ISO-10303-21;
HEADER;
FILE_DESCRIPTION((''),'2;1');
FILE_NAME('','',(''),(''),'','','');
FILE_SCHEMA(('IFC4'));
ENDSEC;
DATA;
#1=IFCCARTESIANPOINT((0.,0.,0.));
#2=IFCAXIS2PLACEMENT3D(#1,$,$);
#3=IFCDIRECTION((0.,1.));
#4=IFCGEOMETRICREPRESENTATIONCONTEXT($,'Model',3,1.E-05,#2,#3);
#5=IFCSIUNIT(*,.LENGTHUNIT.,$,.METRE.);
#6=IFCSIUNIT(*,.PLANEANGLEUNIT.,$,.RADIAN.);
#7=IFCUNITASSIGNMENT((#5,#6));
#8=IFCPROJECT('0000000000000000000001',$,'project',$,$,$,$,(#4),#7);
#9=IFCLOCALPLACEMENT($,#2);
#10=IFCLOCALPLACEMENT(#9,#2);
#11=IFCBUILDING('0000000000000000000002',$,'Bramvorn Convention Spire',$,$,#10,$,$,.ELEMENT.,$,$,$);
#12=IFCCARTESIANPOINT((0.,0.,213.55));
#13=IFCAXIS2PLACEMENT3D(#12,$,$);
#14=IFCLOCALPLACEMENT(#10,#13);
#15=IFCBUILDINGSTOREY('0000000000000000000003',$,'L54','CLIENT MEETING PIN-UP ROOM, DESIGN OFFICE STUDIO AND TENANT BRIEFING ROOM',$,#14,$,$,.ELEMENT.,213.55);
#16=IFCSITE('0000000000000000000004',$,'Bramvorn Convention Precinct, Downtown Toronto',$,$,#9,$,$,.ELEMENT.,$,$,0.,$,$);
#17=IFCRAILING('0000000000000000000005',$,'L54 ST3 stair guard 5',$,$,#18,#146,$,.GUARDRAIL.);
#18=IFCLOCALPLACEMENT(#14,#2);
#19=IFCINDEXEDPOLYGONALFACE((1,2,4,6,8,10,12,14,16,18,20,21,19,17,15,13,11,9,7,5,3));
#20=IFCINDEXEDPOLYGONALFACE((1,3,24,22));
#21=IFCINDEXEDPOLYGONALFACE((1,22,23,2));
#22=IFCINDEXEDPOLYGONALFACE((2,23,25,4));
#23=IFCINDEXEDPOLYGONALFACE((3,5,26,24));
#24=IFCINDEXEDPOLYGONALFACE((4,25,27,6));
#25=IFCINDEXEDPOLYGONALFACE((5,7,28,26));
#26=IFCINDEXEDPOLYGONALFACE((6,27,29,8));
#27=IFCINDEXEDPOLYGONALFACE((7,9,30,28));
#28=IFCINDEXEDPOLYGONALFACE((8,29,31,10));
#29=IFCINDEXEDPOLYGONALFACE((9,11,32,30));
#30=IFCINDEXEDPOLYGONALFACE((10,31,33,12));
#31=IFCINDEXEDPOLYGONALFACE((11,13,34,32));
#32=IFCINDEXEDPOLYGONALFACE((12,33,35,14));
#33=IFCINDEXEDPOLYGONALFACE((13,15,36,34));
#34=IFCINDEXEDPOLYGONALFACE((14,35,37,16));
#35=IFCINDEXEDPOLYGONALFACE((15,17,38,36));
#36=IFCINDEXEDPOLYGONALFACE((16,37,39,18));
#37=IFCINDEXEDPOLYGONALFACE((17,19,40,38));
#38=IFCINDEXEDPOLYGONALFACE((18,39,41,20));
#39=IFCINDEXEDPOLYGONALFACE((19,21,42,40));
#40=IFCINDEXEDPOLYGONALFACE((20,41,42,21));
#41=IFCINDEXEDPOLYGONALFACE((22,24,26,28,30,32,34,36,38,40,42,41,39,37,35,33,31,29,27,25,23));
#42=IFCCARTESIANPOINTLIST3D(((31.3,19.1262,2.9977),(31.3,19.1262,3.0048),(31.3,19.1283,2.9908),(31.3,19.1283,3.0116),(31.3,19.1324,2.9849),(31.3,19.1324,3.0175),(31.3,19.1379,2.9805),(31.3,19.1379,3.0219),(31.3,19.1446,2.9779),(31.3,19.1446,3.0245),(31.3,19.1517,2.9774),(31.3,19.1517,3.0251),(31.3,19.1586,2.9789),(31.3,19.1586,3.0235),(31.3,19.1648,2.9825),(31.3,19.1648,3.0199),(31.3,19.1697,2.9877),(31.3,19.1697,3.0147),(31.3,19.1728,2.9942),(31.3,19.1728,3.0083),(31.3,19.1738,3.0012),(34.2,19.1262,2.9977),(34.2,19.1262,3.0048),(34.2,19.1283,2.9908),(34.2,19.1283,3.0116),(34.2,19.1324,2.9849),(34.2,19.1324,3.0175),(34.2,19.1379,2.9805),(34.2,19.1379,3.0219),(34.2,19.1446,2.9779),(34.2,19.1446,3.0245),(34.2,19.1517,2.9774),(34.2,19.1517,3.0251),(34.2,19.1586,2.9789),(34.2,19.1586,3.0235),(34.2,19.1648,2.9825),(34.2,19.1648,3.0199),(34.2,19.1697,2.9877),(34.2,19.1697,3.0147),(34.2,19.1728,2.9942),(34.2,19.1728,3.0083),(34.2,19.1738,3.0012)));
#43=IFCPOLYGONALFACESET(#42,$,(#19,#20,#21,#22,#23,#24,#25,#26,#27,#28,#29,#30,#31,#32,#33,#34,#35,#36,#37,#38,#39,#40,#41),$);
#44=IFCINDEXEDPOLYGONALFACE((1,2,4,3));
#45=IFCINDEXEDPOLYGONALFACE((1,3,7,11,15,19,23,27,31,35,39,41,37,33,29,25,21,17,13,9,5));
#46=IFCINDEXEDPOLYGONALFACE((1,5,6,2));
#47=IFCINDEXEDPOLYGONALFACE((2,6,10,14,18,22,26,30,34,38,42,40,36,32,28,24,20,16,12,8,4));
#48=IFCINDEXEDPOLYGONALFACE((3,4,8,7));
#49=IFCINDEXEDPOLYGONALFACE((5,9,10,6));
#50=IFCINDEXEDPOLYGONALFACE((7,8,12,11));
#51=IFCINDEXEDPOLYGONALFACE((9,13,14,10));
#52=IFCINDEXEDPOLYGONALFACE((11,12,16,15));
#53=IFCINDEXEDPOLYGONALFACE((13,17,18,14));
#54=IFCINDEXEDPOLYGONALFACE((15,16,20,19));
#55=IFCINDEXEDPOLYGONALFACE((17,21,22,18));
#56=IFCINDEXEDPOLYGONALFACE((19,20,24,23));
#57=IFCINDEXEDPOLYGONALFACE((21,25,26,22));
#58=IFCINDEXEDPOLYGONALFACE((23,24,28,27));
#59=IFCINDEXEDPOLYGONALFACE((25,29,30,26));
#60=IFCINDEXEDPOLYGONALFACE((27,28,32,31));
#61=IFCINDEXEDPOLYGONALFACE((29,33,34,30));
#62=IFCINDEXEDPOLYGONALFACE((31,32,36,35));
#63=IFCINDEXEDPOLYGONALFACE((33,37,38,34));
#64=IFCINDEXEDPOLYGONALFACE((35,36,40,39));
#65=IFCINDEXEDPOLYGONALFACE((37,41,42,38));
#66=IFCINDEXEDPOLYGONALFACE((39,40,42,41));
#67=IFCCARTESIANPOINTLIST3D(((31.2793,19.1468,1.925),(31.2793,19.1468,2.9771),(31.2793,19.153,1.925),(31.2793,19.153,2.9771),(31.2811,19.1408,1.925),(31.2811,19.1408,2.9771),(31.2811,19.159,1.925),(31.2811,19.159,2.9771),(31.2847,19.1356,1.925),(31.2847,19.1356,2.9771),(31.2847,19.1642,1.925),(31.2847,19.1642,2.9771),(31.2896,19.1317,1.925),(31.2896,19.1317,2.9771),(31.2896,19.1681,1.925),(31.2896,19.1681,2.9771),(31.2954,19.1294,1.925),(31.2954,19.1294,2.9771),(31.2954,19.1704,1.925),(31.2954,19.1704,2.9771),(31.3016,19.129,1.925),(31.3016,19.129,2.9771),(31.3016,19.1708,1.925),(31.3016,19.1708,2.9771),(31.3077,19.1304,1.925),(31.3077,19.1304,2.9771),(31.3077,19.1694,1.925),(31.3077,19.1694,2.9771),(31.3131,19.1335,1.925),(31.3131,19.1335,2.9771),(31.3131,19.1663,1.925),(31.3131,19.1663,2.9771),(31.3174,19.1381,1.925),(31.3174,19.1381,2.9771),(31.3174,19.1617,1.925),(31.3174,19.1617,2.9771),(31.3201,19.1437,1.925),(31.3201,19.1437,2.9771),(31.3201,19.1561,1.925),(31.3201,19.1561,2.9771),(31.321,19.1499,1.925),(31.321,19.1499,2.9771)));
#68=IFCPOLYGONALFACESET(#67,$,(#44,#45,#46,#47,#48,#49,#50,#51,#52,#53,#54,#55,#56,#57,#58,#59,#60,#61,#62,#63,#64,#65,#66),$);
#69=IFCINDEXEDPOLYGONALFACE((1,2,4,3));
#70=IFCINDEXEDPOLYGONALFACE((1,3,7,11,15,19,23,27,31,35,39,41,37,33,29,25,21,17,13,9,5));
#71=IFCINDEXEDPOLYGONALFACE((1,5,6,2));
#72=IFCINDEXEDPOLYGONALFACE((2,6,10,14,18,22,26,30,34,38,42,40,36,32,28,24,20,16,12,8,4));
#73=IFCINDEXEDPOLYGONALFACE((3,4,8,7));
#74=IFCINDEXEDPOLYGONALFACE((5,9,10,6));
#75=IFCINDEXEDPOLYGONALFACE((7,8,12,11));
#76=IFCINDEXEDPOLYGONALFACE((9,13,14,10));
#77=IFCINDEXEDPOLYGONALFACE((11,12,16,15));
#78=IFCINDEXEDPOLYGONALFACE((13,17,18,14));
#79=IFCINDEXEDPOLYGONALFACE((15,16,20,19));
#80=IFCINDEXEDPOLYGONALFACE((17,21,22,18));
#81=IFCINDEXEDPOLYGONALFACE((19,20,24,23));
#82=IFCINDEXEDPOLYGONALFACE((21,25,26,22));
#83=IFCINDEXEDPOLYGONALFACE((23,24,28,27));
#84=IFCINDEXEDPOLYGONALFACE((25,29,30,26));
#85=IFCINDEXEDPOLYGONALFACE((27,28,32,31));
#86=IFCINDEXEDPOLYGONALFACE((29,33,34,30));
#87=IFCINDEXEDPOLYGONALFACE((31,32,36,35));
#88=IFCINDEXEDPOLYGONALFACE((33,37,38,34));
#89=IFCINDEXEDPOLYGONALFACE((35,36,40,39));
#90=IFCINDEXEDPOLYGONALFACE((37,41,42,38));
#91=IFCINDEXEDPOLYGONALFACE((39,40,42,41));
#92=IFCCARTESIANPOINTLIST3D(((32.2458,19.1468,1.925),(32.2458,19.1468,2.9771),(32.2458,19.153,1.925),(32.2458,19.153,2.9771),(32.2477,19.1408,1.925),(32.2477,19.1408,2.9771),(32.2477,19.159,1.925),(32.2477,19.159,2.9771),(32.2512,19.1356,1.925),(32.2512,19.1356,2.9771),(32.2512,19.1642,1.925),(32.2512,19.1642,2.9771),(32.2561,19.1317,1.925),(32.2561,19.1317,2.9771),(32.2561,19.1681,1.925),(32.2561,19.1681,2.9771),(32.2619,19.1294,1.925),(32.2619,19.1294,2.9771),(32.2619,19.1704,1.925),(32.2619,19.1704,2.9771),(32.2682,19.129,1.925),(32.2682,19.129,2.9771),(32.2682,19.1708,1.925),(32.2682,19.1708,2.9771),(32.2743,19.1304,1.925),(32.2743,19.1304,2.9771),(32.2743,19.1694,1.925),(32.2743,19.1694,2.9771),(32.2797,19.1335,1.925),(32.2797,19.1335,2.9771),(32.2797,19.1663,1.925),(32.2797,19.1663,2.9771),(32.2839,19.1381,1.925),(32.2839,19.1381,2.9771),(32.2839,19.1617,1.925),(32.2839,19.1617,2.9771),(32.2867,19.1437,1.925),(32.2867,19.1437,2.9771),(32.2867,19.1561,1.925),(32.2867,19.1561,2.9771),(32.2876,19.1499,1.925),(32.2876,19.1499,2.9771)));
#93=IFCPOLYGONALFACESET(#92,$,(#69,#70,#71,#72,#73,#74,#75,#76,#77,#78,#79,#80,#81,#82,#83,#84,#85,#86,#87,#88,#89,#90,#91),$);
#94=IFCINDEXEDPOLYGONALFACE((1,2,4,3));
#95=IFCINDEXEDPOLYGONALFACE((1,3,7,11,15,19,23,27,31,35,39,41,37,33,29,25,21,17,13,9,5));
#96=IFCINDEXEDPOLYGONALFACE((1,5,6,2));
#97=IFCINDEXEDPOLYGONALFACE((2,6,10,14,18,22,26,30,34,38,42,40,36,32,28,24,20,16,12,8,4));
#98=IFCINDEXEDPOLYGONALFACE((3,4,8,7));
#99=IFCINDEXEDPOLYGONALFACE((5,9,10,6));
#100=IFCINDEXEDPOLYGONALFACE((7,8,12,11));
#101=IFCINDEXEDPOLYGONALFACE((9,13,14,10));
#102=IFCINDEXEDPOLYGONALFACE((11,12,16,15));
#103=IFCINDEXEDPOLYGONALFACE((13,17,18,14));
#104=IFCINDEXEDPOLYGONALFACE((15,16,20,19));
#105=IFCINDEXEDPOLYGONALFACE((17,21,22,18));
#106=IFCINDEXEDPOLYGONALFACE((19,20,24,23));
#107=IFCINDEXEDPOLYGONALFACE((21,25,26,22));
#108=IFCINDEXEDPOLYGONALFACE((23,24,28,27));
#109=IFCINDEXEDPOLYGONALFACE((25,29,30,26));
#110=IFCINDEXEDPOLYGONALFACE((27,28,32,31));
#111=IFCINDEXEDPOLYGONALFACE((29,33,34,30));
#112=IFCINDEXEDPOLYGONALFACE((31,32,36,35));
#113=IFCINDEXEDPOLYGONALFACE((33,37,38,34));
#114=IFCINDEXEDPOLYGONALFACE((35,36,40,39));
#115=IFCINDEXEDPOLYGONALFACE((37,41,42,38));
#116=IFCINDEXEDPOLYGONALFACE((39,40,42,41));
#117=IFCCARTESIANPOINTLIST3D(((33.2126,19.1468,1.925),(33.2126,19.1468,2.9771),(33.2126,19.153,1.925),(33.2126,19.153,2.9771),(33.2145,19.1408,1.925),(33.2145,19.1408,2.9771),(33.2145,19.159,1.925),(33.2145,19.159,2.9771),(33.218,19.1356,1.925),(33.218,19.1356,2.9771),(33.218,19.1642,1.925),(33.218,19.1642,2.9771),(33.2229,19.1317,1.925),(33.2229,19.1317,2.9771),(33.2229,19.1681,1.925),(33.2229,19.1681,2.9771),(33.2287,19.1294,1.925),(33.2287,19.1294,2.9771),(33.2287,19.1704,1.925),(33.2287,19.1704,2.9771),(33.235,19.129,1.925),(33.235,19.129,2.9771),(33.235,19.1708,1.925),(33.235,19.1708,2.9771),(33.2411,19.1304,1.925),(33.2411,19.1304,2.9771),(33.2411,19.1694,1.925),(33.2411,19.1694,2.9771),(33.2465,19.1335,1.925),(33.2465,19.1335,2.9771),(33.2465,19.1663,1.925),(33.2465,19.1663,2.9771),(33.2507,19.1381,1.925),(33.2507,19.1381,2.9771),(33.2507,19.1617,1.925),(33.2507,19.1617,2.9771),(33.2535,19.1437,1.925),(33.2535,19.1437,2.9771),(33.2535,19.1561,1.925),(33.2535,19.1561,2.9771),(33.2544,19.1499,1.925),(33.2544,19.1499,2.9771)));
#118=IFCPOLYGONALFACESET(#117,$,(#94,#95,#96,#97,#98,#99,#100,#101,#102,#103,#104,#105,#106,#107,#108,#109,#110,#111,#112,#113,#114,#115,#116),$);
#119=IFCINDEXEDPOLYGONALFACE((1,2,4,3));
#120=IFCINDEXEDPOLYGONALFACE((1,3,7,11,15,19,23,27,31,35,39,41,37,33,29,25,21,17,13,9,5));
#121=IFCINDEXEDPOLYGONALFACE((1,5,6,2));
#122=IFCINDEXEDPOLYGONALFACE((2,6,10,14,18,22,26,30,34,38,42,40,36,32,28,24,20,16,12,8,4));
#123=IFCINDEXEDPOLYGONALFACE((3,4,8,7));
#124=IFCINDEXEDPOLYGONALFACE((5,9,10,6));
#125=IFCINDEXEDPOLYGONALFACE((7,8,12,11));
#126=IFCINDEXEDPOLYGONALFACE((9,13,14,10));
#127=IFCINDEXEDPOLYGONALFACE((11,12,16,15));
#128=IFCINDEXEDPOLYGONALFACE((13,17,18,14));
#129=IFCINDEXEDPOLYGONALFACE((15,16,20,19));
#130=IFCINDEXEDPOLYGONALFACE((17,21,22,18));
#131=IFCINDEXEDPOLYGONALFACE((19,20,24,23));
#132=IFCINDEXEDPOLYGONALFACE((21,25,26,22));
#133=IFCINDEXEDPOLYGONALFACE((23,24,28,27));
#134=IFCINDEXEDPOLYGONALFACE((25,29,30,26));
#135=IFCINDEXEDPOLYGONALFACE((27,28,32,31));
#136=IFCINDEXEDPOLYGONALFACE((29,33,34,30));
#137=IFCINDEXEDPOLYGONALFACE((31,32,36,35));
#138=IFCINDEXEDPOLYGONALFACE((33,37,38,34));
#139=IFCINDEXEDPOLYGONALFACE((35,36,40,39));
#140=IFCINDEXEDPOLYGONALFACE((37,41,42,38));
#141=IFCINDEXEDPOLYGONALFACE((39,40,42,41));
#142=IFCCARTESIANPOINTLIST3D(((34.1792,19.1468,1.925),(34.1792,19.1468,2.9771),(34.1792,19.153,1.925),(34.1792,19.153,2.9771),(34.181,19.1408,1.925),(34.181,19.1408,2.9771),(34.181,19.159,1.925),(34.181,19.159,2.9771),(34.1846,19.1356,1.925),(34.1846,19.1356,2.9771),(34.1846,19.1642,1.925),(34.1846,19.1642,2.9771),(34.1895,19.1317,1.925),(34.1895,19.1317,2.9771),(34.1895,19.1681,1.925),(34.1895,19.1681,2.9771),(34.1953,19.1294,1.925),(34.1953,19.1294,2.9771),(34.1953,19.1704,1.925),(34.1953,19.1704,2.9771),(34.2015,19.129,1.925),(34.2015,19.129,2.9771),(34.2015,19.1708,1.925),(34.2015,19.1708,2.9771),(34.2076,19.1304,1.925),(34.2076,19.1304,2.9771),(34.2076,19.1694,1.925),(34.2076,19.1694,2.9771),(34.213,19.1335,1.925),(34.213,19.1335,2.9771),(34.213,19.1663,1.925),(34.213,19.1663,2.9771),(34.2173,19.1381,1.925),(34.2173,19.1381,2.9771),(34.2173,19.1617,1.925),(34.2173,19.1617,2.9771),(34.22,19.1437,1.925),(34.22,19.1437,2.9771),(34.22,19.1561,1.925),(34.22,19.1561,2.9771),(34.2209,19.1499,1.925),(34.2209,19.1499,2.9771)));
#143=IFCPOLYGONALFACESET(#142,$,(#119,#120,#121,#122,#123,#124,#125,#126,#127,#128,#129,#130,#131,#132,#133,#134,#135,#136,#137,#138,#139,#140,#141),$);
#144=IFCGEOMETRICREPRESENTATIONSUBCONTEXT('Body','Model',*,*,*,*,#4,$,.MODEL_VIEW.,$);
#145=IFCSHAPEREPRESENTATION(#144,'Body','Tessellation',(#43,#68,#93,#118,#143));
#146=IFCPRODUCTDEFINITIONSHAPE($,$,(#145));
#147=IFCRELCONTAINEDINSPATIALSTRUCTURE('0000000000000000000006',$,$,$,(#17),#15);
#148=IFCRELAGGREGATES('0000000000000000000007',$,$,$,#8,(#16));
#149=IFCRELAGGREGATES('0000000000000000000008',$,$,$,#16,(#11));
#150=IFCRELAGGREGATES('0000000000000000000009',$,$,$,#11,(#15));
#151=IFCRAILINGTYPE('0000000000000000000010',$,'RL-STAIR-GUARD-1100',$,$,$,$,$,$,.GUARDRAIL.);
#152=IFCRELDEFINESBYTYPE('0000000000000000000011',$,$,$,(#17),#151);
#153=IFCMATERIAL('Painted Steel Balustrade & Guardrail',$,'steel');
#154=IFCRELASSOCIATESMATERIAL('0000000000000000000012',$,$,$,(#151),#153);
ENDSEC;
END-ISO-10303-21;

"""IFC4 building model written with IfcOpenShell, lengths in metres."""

from ifc_helpers import new_model, si_unit, direction, frame, origin, origin_2d, place, context, subcontext, project, spatial, circle, extrude, material, type_object, element, save


model = new_model("IFC4")

# Units and contexts
model_context = context("Model", 3, precision=1e-05, world=origin(), true_north=direction((0.0, 1.0)))
body_context = subcontext(model_context, "Body", "Model", "MODEL_VIEW")
ifc_project = project(units=[si_unit("LENGTHUNIT", "METRE"), si_unit("PLANEANGLEUNIT", "RADIAN")], contexts=[model_context])

# Site, building, storey
site_placement = place(None, origin())
site = spatial("IfcSite", under=ifc_project, at=site_placement, Name="Bramvorn Convention Precinct, Downtown Toronto", CompositionType="ELEMENT", RefElevation=0.0)
building_placement = place(site_placement, origin())
building = spatial("IfcBuilding", under=site, at=building_placement, Name="Bramvorn Convention Spire", CompositionType="ELEMENT")
storey_placement = place(building_placement, frame((0.0, 0.0, 213.55)))
storey = spatial("IfcBuildingStorey", under=building, at=storey_placement, Name="L54", Description="CLIENT MEETING PIN-UP ROOM, DESIGN OFFICE STUDIO AND TENANT BRIEFING ROOM", CompositionType="ELEMENT", Elevation=213.55)

# Railing
ifc_material_1 = material(Name="Painted Steel Balustrade & Guardrail", Category="steel")
railing_type_1 = type_object("IfcRailingType", Name="RL-STAIR-GUARD-1100", PredefinedType="GUARDRAIL", material=ifc_material_1)
railing_1_placement = place(storey_placement, frame((31.3, 19.1499, 1.925)))
element("IfcRailing", 1, at=railing_1_placement, inside=storey, type_object=railing_type_1, Name="L54 ST3 stair guard 5", PredefinedType="GUARDRAIL", context=body_context, shape_type="SweptSolid", body=[
    extrude(circle(Radius=0.0239, at=origin_2d()), frame((0.0, 0.0, 1.0762), z_axis=(1.0, 0.0, 0.0), x_axis=(0.0, 1.0, 0.0)), (0.0, 0.0, 1.0), 2.8999),
    extrude(circle(Radius=0.021, at=origin_2d()), origin(), (0.0, 0.0, 1.0), 1.052),
    extrude(circle(Radius=0.021, at=origin_2d()), frame((0.9666, 0.0, 0.0)), (0.0, 0.0, 1.0), 1.052),
    extrude(circle(Radius=0.021, at=origin_2d()), frame((1.9333, 0.0, 0.0)), (0.0, 0.0, 1.0), 1.052),
    extrude(circle(Radius=0.021, at=origin_2d()), frame((2.8999, 0.0, 0.0)), (0.0, 0.0, 1.0), 1.052),
])

save(model, "model.ifc")
